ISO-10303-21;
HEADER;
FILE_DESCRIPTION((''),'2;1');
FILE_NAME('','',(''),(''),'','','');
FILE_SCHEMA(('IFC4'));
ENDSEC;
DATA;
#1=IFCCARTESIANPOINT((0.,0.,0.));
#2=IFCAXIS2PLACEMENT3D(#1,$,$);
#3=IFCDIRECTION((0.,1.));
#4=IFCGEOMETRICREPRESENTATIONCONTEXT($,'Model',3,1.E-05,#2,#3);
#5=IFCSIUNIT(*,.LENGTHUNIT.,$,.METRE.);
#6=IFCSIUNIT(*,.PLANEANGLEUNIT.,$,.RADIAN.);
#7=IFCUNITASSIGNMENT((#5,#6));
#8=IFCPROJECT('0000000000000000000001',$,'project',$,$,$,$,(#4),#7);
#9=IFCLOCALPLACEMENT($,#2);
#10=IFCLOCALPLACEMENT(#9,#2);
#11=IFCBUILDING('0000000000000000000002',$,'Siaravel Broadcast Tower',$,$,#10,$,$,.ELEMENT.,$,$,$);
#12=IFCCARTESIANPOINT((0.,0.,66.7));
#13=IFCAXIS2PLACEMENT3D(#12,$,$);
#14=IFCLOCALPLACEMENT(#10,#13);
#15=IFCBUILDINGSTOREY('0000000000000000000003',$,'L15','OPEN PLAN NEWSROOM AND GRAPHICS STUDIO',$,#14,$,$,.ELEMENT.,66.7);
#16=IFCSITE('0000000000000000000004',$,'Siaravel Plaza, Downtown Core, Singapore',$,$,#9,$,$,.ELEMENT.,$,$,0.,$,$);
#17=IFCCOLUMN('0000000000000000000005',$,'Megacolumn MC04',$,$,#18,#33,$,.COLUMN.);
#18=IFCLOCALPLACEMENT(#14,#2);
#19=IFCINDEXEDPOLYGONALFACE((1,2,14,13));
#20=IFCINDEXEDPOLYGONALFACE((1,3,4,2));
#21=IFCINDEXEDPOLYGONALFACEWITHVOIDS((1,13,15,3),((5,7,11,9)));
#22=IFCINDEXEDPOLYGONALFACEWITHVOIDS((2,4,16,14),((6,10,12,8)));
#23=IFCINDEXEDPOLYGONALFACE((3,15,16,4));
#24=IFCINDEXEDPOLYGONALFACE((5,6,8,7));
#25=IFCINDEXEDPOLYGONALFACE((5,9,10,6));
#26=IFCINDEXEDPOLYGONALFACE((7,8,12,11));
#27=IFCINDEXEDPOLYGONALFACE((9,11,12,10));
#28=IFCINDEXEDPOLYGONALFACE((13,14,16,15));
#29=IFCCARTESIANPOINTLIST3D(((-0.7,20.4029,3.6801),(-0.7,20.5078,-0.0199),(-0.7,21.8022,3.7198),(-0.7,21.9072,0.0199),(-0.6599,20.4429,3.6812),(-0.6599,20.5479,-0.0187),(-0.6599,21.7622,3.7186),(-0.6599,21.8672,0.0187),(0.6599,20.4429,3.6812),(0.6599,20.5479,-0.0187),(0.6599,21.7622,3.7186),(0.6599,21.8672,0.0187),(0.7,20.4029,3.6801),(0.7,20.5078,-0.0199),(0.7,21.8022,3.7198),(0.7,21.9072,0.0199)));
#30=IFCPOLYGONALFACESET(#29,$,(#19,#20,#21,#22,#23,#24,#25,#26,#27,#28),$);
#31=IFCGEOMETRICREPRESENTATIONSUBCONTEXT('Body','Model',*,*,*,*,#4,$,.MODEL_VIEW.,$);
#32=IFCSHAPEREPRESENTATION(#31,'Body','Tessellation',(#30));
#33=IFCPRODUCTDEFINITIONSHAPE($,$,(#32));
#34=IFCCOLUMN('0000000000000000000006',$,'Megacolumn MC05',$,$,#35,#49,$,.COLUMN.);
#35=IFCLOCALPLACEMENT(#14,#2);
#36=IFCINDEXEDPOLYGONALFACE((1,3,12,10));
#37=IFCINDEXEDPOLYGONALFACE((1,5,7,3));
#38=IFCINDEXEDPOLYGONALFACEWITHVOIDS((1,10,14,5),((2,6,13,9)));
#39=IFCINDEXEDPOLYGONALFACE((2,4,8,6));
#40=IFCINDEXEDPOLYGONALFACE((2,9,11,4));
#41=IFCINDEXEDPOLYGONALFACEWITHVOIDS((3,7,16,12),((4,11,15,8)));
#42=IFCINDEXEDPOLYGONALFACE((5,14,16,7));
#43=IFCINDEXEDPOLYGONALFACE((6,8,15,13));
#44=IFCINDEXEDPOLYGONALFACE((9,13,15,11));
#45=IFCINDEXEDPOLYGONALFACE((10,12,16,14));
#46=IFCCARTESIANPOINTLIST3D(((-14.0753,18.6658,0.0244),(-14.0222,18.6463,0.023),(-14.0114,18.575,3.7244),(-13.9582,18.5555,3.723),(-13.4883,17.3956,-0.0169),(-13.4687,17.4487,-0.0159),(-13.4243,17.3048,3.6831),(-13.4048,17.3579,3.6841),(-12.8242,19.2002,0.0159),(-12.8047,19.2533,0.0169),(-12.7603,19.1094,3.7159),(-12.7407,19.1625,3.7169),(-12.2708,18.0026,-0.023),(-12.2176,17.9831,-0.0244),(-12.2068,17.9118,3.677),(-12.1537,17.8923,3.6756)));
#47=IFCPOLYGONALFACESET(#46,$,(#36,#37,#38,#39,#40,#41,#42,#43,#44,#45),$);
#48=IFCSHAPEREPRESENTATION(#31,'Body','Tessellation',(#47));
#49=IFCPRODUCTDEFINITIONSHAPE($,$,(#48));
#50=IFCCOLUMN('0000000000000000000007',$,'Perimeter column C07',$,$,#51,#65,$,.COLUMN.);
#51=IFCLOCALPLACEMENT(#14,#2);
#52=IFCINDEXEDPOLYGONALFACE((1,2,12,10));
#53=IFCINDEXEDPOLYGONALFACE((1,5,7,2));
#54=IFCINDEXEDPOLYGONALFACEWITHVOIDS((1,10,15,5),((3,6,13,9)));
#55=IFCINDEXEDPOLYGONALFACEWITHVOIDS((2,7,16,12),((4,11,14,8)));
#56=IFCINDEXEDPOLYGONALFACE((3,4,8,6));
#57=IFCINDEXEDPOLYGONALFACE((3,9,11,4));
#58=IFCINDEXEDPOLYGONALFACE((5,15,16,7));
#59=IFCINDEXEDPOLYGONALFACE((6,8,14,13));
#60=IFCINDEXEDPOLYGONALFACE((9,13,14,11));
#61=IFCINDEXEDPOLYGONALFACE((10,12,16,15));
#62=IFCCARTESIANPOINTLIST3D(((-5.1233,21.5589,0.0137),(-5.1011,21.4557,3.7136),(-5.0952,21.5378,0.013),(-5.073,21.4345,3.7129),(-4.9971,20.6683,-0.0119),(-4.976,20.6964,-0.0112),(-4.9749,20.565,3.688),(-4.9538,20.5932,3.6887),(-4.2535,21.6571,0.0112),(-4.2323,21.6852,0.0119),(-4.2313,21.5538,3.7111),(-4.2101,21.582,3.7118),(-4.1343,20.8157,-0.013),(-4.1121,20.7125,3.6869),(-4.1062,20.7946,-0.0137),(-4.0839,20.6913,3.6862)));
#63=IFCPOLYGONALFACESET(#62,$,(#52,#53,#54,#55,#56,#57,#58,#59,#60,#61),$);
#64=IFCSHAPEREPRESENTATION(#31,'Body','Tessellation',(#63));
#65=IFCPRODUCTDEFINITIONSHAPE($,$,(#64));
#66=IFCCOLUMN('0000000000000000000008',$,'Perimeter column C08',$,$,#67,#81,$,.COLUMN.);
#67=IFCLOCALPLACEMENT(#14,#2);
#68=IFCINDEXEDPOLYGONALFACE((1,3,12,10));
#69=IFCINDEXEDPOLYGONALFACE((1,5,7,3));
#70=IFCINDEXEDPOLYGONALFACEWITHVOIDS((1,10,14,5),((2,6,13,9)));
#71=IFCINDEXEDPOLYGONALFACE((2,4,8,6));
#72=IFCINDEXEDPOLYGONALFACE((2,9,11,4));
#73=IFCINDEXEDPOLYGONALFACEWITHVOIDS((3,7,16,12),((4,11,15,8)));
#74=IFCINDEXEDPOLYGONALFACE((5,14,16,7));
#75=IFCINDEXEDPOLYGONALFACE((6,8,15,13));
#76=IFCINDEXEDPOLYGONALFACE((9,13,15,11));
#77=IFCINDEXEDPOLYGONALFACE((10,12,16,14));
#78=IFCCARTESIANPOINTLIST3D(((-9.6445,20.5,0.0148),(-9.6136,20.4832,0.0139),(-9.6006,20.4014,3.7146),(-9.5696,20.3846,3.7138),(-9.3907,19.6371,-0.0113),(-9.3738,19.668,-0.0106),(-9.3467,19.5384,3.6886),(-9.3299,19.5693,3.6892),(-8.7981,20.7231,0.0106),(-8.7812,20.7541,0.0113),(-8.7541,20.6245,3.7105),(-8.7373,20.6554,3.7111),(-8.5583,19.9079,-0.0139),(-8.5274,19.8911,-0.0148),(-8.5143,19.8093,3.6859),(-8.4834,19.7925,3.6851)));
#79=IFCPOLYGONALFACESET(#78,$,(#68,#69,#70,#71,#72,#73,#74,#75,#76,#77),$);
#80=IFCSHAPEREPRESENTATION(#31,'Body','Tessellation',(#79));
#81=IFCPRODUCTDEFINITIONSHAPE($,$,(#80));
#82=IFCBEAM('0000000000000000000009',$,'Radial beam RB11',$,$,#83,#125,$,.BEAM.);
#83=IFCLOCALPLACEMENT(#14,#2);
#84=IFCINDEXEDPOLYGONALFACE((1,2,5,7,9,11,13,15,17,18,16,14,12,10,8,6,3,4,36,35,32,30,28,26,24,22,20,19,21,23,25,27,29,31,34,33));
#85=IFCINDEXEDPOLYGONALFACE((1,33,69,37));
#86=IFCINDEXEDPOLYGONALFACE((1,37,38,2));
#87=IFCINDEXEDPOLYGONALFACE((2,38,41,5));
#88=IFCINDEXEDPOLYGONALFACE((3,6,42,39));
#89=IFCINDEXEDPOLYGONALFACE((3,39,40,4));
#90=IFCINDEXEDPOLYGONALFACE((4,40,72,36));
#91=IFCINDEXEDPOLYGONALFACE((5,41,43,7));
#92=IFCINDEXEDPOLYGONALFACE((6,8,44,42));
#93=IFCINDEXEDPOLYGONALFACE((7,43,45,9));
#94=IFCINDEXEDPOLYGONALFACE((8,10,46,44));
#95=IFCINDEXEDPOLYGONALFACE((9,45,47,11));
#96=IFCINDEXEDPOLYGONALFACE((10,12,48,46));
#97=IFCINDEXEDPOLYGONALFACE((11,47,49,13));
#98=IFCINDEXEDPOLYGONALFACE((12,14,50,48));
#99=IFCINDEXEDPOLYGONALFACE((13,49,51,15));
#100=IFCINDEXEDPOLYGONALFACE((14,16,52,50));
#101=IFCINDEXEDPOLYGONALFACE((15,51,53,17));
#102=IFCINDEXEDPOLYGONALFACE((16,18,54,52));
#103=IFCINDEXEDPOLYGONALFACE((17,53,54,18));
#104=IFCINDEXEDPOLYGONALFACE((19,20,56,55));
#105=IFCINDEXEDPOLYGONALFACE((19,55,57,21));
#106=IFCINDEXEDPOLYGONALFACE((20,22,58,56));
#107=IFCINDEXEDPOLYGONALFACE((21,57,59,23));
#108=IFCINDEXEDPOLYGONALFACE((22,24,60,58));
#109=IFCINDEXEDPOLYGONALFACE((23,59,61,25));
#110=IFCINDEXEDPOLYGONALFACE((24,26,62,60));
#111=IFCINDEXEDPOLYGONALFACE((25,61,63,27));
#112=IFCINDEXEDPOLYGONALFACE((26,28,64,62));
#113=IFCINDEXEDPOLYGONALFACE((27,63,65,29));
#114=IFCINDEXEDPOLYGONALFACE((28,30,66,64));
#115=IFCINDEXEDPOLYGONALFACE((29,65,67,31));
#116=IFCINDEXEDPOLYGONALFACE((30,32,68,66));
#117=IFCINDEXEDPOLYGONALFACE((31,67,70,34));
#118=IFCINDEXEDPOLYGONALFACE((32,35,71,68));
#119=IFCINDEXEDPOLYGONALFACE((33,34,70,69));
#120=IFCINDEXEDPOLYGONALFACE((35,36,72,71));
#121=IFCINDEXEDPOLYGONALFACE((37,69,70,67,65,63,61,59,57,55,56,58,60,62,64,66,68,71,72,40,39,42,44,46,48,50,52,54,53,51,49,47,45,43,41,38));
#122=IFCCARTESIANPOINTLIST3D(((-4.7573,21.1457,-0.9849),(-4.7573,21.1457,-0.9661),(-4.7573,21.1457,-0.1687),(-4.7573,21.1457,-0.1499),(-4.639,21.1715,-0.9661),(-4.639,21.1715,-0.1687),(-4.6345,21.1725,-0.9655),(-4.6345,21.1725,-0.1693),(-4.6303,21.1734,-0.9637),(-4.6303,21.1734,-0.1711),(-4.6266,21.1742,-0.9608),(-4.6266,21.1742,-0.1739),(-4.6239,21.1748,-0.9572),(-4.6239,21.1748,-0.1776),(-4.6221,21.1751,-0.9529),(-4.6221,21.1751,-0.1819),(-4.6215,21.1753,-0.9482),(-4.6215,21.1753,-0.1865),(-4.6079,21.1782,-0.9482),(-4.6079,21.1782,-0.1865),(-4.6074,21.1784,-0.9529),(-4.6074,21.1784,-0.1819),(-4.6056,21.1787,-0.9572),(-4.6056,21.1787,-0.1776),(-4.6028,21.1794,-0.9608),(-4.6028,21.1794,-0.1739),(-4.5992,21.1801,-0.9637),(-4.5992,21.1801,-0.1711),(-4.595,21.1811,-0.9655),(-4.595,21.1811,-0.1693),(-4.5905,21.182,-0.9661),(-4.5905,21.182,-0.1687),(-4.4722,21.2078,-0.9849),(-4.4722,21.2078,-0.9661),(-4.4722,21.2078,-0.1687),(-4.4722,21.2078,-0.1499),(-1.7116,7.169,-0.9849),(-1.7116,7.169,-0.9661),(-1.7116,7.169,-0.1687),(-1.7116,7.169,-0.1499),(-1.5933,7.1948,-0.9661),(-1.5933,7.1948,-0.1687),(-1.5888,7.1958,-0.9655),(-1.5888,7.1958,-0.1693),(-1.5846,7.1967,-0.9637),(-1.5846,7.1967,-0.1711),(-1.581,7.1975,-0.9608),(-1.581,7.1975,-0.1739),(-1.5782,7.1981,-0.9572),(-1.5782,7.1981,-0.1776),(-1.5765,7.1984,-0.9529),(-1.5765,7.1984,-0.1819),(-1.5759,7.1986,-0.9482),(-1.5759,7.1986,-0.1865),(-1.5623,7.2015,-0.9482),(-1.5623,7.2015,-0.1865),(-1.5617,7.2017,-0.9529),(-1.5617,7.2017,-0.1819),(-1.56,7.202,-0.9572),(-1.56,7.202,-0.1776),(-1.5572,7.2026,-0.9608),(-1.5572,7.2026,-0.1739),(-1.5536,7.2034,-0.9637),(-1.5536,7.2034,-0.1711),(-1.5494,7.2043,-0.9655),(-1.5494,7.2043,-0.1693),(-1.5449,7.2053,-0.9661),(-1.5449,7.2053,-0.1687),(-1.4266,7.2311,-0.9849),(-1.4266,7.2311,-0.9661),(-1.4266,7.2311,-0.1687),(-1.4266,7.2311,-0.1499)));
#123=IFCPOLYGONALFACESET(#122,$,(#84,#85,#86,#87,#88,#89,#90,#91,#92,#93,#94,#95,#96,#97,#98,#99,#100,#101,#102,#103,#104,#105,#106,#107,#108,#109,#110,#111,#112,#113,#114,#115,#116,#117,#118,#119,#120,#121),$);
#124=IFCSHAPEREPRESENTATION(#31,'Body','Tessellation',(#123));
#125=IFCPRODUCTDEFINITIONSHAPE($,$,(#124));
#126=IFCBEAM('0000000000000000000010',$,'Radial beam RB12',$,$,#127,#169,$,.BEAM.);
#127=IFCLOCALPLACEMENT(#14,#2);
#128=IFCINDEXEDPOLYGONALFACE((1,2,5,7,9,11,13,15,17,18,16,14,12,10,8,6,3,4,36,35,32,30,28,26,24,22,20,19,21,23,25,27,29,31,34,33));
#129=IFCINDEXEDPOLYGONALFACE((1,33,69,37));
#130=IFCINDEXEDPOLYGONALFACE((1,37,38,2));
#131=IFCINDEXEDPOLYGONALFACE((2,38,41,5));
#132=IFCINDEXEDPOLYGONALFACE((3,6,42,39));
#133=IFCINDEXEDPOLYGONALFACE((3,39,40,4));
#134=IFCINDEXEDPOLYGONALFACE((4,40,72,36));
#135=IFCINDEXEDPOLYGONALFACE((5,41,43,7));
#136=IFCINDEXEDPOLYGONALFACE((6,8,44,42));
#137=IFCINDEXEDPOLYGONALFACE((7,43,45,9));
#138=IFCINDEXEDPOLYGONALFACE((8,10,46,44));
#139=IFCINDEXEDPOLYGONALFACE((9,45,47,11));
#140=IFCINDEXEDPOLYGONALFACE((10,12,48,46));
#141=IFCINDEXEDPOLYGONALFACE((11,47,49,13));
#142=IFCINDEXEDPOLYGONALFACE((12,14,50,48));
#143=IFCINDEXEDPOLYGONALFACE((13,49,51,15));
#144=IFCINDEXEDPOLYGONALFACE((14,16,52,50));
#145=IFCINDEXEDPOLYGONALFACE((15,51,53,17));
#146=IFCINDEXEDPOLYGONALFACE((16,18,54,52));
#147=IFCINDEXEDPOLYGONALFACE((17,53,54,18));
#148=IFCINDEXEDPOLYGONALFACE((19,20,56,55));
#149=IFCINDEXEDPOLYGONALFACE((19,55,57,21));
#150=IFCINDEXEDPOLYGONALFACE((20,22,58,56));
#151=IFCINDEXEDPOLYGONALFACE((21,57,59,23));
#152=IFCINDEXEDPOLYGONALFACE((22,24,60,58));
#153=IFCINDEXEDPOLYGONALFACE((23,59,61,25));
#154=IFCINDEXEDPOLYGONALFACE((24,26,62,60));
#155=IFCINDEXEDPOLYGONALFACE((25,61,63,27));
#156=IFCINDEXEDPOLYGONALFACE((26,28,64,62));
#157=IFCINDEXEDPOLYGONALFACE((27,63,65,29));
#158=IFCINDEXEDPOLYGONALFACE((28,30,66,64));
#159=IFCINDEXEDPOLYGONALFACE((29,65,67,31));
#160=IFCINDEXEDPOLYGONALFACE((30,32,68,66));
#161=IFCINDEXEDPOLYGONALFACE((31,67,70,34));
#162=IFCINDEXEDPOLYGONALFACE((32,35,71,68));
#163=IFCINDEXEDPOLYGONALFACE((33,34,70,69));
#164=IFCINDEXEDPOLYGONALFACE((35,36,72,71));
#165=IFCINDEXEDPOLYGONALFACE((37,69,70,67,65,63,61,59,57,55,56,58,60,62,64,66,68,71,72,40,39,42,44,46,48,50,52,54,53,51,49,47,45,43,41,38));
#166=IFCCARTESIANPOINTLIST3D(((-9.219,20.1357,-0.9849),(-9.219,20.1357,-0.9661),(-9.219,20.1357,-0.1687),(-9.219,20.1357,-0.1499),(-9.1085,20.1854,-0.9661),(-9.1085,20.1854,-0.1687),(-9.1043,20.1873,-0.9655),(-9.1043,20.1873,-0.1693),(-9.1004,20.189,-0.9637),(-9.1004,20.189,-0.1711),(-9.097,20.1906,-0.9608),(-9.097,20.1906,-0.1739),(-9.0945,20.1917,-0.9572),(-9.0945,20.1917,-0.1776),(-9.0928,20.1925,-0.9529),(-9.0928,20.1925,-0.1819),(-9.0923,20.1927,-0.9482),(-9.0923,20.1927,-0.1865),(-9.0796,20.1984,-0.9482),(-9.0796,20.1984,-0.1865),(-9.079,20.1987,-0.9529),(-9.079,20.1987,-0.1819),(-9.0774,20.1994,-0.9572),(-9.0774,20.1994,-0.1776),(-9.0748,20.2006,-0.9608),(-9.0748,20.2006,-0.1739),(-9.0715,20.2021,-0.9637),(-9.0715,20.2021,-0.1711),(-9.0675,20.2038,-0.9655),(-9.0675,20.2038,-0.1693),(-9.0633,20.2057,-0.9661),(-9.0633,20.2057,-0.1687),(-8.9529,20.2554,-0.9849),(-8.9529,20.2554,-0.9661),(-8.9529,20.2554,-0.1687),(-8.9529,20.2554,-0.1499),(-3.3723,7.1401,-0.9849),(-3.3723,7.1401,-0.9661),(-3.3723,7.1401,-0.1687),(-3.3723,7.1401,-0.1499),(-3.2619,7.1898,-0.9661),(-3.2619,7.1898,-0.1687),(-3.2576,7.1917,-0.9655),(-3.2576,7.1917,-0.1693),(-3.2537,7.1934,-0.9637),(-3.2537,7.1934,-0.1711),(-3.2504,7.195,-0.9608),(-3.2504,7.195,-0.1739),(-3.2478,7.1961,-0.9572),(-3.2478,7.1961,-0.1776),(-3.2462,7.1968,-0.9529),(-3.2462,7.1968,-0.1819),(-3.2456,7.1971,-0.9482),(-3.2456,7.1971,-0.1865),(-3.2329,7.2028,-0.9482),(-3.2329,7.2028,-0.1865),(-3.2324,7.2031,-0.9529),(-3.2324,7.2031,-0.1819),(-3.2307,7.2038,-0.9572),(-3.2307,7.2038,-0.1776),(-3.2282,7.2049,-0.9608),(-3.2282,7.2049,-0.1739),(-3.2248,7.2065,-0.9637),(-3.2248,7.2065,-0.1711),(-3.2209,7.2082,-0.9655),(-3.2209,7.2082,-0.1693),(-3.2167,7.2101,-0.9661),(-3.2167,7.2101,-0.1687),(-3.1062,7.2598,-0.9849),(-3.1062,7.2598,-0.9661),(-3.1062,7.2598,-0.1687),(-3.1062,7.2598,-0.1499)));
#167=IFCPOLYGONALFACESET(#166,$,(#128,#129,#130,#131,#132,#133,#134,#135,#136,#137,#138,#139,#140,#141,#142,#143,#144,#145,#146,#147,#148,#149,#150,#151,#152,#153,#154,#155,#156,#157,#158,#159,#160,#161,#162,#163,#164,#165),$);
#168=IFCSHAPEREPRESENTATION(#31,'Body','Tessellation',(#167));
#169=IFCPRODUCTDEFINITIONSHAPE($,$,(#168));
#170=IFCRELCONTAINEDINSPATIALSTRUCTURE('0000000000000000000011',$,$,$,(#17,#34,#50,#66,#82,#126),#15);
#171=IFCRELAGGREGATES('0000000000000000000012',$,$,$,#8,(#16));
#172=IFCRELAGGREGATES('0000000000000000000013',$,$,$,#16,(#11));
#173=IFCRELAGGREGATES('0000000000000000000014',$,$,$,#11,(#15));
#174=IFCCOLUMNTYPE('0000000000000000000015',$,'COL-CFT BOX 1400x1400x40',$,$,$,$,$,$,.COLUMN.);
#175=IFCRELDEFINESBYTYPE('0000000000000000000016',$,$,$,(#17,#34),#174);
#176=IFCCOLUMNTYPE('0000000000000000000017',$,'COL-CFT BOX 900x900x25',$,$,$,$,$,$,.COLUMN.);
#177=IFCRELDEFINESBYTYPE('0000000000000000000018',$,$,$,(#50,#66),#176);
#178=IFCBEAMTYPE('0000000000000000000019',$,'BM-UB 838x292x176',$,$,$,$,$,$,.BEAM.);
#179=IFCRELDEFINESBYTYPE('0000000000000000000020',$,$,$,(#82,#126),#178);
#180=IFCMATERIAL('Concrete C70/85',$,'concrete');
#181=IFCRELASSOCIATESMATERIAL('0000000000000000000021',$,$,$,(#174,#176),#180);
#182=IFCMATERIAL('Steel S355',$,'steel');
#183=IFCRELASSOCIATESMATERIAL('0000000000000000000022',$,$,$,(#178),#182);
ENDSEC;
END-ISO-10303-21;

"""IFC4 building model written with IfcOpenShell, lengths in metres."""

from ifc_helpers import new_model, si_unit, direction, frame, origin, origin_2d, place, context, subcontext, project, spatial, hollow_rectangle, i_section, extrude, material, material_profile, profile_set, type_object, element, save


model = new_model("IFC4")

# Units and contexts
model_context = context("Model", 3, precision=1e-05, world=origin(), true_north=direction((0.0, 1.0)))
body_context = subcontext(model_context, "Body", "Model", "MODEL_VIEW")
ifc_project = project(units=[si_unit("LENGTHUNIT", "METRE"), si_unit("PLANEANGLEUNIT", "RADIAN")], contexts=[model_context])

# Site, building, storey
site_placement = place(None, origin())
site = spatial("IfcSite", under=ifc_project, at=site_placement, Name="Siaravel Plaza, Downtown Core, Singapore", CompositionType="ELEMENT", RefElevation=0.0)
building_placement = place(site_placement, origin())
building = spatial("IfcBuilding", under=site, at=building_placement, Name="Siaravel Broadcast Tower", CompositionType="ELEMENT")
storey_placement = place(building_placement, frame((0.0, 0.0, 66.7)))
storey = spatial("IfcBuildingStorey", under=building, at=storey_placement, Name="L15", Description="OPEN PLAN NEWSROOM AND GRAPHICS STUDIO", CompositionType="ELEMENT", Elevation=66.7)

# Columns
ifc_material_1 = material(Name="Concrete C70/85", Category="concrete")
ifc_material_profile_1 = material_profile(ifc_material_1, hollow_rectangle(XDim=1.3999, YDim=1.3999, WallThickness=0.04, at=origin_2d()))
ifc_profile_set_1 = profile_set([ifc_material_profile_1], Name="Concrete C70/85")
column_type_1 = type_object("IfcColumnType", Name="COL-CFT BOX 1400x1400x40", PredefinedType="COLUMN", material=ifc_profile_set_1)
column_1_placement = place(storey_placement, frame((0.0, 21.2075, 0.0), z_axis=(0.0, -0.028362, 0.999598), x_axis=(1.0, 0.0, 0.0)))
element("IfcColumn", 1, at=column_1_placement, inside=storey, type_object=column_type_1, Name="Megacolumn MC04", PredefinedType="COLUMN", context=body_context, shape_type="SweptSolid", body=[
    extrude(hollow_rectangle(XDim=1.3999, YDim=1.3999, WallThickness=0.04, at=origin_2d()), origin(), (0.0, 0.0, 1.0), 3.7014),
])
column_2_placement = place(storey_placement, frame((-13.1465, 18.3245, 0.0), z_axis=(0.01728, -0.024535, 0.99955), x_axis=(0.907657, 0.419678, -0.00539)))
element("IfcColumn", 2, at=column_2_placement, inside=storey, type_object=column_type_1, Name="Megacolumn MC05", PredefinedType="COLUMN", context=body_context, shape_type="SweptSolid", body=[
    extrude(hollow_rectangle(XDim=1.3999, YDim=1.3999, WallThickness=0.04, at=origin_2d()), origin(), (0.0, 0.0, 1.0), 3.7017),
])
ifc_material_profile_2 = material_profile(ifc_material_1, hollow_rectangle(XDim=0.8999, YDim=0.8999, WallThickness=0.0249, at=origin_2d()))
ifc_profile_set_2 = profile_set([ifc_material_profile_2], Name="Concrete C70/85")
column_type_2 = type_object("IfcColumnType", Name="COL-CFT BOX 900x900x25", PredefinedType="COLUMN", material=ifc_profile_set_2)
for number, where, z_axis, x_axis, name in (
    (3, (-4.6147, 21.1768, 0.0), (0.006002, -0.0279, 0.999593), (0.990101, 0.140342, -0.002028), "Perimeter column C07"),
    (4, (-9.0859, 20.1956, 0.0), (0.011872, -0.026647, 0.999574), (0.959325, 0.282278, -0.003869), "Perimeter column C08"),
):
    element("IfcColumn", number, at=place(storey_placement, frame(where, z_axis=z_axis, x_axis=x_axis)), inside=storey, type_object=column_type_2, Name=name, PredefinedType="COLUMN", context=body_context, shape_type="SweptSolid", body=[
        extrude(hollow_rectangle(XDim=0.8999, YDim=0.8999, WallThickness=0.0249, at=origin_2d()), origin(), (0.0, 0.0, 1.0), 3.7014),
    ])

# Beams
ifc_material_2 = material(Name="Steel S355", Category="steel")
ifc_material_profile_3 = material_profile(ifc_material_2, i_section(OverallWidth=0.2917, OverallDepth=0.835, WebThickness=0.0139, FlangeThickness=0.0188, FilletRadius=0.0178, at=origin_2d()))
ifc_profile_set_3 = profile_set([ifc_material_profile_3], Name="Steel S355")
beam_type = type_object("IfcBeamType", Name="BM-UB 838x292x176", PredefinedType="BEAM", material=ifc_profile_set_3)
beam_1_placement = place(storey_placement, frame((-4.6147, 21.1768, -0.5674), z_axis=(0.212911, -0.977072, 0.0), x_axis=(0.977072, 0.212911, 0.0)))
element("IfcBeam", 5, at=beam_1_placement, inside=storey, type_object=beam_type, Name="Radial beam RB11", PredefinedType="BEAM", context=body_context, shape_type="SweptSolid", body=[
    extrude(i_section(OverallWidth=0.2917, OverallDepth=0.835, WebThickness=0.0139, FlangeThickness=0.0188, FilletRadius=0.0178, at=origin_2d()), origin(), (0.0, 0.0, 1.0), 14.3047),
])
beam_2_placement = place(storey_placement, frame((-9.0859, 20.1956, -0.5674), z_axis=(0.410286, -0.911957, 0.0), x_axis=(0.911957, 0.410286, 0.0)))
element("IfcBeam", 6, at=beam_2_placement, inside=storey, type_object=beam_type, Name="Radial beam RB12", PredefinedType="BEAM", context=body_context, shape_type="SweptSolid", body=[
    extrude(i_section(OverallWidth=0.2917, OverallDepth=0.835, WebThickness=0.0139, FlangeThickness=0.0188, FilletRadius=0.0178, at=origin_2d()), origin(), (0.0, 0.0, 1.0), 14.2502),
])

save(model, "model.ifc")
